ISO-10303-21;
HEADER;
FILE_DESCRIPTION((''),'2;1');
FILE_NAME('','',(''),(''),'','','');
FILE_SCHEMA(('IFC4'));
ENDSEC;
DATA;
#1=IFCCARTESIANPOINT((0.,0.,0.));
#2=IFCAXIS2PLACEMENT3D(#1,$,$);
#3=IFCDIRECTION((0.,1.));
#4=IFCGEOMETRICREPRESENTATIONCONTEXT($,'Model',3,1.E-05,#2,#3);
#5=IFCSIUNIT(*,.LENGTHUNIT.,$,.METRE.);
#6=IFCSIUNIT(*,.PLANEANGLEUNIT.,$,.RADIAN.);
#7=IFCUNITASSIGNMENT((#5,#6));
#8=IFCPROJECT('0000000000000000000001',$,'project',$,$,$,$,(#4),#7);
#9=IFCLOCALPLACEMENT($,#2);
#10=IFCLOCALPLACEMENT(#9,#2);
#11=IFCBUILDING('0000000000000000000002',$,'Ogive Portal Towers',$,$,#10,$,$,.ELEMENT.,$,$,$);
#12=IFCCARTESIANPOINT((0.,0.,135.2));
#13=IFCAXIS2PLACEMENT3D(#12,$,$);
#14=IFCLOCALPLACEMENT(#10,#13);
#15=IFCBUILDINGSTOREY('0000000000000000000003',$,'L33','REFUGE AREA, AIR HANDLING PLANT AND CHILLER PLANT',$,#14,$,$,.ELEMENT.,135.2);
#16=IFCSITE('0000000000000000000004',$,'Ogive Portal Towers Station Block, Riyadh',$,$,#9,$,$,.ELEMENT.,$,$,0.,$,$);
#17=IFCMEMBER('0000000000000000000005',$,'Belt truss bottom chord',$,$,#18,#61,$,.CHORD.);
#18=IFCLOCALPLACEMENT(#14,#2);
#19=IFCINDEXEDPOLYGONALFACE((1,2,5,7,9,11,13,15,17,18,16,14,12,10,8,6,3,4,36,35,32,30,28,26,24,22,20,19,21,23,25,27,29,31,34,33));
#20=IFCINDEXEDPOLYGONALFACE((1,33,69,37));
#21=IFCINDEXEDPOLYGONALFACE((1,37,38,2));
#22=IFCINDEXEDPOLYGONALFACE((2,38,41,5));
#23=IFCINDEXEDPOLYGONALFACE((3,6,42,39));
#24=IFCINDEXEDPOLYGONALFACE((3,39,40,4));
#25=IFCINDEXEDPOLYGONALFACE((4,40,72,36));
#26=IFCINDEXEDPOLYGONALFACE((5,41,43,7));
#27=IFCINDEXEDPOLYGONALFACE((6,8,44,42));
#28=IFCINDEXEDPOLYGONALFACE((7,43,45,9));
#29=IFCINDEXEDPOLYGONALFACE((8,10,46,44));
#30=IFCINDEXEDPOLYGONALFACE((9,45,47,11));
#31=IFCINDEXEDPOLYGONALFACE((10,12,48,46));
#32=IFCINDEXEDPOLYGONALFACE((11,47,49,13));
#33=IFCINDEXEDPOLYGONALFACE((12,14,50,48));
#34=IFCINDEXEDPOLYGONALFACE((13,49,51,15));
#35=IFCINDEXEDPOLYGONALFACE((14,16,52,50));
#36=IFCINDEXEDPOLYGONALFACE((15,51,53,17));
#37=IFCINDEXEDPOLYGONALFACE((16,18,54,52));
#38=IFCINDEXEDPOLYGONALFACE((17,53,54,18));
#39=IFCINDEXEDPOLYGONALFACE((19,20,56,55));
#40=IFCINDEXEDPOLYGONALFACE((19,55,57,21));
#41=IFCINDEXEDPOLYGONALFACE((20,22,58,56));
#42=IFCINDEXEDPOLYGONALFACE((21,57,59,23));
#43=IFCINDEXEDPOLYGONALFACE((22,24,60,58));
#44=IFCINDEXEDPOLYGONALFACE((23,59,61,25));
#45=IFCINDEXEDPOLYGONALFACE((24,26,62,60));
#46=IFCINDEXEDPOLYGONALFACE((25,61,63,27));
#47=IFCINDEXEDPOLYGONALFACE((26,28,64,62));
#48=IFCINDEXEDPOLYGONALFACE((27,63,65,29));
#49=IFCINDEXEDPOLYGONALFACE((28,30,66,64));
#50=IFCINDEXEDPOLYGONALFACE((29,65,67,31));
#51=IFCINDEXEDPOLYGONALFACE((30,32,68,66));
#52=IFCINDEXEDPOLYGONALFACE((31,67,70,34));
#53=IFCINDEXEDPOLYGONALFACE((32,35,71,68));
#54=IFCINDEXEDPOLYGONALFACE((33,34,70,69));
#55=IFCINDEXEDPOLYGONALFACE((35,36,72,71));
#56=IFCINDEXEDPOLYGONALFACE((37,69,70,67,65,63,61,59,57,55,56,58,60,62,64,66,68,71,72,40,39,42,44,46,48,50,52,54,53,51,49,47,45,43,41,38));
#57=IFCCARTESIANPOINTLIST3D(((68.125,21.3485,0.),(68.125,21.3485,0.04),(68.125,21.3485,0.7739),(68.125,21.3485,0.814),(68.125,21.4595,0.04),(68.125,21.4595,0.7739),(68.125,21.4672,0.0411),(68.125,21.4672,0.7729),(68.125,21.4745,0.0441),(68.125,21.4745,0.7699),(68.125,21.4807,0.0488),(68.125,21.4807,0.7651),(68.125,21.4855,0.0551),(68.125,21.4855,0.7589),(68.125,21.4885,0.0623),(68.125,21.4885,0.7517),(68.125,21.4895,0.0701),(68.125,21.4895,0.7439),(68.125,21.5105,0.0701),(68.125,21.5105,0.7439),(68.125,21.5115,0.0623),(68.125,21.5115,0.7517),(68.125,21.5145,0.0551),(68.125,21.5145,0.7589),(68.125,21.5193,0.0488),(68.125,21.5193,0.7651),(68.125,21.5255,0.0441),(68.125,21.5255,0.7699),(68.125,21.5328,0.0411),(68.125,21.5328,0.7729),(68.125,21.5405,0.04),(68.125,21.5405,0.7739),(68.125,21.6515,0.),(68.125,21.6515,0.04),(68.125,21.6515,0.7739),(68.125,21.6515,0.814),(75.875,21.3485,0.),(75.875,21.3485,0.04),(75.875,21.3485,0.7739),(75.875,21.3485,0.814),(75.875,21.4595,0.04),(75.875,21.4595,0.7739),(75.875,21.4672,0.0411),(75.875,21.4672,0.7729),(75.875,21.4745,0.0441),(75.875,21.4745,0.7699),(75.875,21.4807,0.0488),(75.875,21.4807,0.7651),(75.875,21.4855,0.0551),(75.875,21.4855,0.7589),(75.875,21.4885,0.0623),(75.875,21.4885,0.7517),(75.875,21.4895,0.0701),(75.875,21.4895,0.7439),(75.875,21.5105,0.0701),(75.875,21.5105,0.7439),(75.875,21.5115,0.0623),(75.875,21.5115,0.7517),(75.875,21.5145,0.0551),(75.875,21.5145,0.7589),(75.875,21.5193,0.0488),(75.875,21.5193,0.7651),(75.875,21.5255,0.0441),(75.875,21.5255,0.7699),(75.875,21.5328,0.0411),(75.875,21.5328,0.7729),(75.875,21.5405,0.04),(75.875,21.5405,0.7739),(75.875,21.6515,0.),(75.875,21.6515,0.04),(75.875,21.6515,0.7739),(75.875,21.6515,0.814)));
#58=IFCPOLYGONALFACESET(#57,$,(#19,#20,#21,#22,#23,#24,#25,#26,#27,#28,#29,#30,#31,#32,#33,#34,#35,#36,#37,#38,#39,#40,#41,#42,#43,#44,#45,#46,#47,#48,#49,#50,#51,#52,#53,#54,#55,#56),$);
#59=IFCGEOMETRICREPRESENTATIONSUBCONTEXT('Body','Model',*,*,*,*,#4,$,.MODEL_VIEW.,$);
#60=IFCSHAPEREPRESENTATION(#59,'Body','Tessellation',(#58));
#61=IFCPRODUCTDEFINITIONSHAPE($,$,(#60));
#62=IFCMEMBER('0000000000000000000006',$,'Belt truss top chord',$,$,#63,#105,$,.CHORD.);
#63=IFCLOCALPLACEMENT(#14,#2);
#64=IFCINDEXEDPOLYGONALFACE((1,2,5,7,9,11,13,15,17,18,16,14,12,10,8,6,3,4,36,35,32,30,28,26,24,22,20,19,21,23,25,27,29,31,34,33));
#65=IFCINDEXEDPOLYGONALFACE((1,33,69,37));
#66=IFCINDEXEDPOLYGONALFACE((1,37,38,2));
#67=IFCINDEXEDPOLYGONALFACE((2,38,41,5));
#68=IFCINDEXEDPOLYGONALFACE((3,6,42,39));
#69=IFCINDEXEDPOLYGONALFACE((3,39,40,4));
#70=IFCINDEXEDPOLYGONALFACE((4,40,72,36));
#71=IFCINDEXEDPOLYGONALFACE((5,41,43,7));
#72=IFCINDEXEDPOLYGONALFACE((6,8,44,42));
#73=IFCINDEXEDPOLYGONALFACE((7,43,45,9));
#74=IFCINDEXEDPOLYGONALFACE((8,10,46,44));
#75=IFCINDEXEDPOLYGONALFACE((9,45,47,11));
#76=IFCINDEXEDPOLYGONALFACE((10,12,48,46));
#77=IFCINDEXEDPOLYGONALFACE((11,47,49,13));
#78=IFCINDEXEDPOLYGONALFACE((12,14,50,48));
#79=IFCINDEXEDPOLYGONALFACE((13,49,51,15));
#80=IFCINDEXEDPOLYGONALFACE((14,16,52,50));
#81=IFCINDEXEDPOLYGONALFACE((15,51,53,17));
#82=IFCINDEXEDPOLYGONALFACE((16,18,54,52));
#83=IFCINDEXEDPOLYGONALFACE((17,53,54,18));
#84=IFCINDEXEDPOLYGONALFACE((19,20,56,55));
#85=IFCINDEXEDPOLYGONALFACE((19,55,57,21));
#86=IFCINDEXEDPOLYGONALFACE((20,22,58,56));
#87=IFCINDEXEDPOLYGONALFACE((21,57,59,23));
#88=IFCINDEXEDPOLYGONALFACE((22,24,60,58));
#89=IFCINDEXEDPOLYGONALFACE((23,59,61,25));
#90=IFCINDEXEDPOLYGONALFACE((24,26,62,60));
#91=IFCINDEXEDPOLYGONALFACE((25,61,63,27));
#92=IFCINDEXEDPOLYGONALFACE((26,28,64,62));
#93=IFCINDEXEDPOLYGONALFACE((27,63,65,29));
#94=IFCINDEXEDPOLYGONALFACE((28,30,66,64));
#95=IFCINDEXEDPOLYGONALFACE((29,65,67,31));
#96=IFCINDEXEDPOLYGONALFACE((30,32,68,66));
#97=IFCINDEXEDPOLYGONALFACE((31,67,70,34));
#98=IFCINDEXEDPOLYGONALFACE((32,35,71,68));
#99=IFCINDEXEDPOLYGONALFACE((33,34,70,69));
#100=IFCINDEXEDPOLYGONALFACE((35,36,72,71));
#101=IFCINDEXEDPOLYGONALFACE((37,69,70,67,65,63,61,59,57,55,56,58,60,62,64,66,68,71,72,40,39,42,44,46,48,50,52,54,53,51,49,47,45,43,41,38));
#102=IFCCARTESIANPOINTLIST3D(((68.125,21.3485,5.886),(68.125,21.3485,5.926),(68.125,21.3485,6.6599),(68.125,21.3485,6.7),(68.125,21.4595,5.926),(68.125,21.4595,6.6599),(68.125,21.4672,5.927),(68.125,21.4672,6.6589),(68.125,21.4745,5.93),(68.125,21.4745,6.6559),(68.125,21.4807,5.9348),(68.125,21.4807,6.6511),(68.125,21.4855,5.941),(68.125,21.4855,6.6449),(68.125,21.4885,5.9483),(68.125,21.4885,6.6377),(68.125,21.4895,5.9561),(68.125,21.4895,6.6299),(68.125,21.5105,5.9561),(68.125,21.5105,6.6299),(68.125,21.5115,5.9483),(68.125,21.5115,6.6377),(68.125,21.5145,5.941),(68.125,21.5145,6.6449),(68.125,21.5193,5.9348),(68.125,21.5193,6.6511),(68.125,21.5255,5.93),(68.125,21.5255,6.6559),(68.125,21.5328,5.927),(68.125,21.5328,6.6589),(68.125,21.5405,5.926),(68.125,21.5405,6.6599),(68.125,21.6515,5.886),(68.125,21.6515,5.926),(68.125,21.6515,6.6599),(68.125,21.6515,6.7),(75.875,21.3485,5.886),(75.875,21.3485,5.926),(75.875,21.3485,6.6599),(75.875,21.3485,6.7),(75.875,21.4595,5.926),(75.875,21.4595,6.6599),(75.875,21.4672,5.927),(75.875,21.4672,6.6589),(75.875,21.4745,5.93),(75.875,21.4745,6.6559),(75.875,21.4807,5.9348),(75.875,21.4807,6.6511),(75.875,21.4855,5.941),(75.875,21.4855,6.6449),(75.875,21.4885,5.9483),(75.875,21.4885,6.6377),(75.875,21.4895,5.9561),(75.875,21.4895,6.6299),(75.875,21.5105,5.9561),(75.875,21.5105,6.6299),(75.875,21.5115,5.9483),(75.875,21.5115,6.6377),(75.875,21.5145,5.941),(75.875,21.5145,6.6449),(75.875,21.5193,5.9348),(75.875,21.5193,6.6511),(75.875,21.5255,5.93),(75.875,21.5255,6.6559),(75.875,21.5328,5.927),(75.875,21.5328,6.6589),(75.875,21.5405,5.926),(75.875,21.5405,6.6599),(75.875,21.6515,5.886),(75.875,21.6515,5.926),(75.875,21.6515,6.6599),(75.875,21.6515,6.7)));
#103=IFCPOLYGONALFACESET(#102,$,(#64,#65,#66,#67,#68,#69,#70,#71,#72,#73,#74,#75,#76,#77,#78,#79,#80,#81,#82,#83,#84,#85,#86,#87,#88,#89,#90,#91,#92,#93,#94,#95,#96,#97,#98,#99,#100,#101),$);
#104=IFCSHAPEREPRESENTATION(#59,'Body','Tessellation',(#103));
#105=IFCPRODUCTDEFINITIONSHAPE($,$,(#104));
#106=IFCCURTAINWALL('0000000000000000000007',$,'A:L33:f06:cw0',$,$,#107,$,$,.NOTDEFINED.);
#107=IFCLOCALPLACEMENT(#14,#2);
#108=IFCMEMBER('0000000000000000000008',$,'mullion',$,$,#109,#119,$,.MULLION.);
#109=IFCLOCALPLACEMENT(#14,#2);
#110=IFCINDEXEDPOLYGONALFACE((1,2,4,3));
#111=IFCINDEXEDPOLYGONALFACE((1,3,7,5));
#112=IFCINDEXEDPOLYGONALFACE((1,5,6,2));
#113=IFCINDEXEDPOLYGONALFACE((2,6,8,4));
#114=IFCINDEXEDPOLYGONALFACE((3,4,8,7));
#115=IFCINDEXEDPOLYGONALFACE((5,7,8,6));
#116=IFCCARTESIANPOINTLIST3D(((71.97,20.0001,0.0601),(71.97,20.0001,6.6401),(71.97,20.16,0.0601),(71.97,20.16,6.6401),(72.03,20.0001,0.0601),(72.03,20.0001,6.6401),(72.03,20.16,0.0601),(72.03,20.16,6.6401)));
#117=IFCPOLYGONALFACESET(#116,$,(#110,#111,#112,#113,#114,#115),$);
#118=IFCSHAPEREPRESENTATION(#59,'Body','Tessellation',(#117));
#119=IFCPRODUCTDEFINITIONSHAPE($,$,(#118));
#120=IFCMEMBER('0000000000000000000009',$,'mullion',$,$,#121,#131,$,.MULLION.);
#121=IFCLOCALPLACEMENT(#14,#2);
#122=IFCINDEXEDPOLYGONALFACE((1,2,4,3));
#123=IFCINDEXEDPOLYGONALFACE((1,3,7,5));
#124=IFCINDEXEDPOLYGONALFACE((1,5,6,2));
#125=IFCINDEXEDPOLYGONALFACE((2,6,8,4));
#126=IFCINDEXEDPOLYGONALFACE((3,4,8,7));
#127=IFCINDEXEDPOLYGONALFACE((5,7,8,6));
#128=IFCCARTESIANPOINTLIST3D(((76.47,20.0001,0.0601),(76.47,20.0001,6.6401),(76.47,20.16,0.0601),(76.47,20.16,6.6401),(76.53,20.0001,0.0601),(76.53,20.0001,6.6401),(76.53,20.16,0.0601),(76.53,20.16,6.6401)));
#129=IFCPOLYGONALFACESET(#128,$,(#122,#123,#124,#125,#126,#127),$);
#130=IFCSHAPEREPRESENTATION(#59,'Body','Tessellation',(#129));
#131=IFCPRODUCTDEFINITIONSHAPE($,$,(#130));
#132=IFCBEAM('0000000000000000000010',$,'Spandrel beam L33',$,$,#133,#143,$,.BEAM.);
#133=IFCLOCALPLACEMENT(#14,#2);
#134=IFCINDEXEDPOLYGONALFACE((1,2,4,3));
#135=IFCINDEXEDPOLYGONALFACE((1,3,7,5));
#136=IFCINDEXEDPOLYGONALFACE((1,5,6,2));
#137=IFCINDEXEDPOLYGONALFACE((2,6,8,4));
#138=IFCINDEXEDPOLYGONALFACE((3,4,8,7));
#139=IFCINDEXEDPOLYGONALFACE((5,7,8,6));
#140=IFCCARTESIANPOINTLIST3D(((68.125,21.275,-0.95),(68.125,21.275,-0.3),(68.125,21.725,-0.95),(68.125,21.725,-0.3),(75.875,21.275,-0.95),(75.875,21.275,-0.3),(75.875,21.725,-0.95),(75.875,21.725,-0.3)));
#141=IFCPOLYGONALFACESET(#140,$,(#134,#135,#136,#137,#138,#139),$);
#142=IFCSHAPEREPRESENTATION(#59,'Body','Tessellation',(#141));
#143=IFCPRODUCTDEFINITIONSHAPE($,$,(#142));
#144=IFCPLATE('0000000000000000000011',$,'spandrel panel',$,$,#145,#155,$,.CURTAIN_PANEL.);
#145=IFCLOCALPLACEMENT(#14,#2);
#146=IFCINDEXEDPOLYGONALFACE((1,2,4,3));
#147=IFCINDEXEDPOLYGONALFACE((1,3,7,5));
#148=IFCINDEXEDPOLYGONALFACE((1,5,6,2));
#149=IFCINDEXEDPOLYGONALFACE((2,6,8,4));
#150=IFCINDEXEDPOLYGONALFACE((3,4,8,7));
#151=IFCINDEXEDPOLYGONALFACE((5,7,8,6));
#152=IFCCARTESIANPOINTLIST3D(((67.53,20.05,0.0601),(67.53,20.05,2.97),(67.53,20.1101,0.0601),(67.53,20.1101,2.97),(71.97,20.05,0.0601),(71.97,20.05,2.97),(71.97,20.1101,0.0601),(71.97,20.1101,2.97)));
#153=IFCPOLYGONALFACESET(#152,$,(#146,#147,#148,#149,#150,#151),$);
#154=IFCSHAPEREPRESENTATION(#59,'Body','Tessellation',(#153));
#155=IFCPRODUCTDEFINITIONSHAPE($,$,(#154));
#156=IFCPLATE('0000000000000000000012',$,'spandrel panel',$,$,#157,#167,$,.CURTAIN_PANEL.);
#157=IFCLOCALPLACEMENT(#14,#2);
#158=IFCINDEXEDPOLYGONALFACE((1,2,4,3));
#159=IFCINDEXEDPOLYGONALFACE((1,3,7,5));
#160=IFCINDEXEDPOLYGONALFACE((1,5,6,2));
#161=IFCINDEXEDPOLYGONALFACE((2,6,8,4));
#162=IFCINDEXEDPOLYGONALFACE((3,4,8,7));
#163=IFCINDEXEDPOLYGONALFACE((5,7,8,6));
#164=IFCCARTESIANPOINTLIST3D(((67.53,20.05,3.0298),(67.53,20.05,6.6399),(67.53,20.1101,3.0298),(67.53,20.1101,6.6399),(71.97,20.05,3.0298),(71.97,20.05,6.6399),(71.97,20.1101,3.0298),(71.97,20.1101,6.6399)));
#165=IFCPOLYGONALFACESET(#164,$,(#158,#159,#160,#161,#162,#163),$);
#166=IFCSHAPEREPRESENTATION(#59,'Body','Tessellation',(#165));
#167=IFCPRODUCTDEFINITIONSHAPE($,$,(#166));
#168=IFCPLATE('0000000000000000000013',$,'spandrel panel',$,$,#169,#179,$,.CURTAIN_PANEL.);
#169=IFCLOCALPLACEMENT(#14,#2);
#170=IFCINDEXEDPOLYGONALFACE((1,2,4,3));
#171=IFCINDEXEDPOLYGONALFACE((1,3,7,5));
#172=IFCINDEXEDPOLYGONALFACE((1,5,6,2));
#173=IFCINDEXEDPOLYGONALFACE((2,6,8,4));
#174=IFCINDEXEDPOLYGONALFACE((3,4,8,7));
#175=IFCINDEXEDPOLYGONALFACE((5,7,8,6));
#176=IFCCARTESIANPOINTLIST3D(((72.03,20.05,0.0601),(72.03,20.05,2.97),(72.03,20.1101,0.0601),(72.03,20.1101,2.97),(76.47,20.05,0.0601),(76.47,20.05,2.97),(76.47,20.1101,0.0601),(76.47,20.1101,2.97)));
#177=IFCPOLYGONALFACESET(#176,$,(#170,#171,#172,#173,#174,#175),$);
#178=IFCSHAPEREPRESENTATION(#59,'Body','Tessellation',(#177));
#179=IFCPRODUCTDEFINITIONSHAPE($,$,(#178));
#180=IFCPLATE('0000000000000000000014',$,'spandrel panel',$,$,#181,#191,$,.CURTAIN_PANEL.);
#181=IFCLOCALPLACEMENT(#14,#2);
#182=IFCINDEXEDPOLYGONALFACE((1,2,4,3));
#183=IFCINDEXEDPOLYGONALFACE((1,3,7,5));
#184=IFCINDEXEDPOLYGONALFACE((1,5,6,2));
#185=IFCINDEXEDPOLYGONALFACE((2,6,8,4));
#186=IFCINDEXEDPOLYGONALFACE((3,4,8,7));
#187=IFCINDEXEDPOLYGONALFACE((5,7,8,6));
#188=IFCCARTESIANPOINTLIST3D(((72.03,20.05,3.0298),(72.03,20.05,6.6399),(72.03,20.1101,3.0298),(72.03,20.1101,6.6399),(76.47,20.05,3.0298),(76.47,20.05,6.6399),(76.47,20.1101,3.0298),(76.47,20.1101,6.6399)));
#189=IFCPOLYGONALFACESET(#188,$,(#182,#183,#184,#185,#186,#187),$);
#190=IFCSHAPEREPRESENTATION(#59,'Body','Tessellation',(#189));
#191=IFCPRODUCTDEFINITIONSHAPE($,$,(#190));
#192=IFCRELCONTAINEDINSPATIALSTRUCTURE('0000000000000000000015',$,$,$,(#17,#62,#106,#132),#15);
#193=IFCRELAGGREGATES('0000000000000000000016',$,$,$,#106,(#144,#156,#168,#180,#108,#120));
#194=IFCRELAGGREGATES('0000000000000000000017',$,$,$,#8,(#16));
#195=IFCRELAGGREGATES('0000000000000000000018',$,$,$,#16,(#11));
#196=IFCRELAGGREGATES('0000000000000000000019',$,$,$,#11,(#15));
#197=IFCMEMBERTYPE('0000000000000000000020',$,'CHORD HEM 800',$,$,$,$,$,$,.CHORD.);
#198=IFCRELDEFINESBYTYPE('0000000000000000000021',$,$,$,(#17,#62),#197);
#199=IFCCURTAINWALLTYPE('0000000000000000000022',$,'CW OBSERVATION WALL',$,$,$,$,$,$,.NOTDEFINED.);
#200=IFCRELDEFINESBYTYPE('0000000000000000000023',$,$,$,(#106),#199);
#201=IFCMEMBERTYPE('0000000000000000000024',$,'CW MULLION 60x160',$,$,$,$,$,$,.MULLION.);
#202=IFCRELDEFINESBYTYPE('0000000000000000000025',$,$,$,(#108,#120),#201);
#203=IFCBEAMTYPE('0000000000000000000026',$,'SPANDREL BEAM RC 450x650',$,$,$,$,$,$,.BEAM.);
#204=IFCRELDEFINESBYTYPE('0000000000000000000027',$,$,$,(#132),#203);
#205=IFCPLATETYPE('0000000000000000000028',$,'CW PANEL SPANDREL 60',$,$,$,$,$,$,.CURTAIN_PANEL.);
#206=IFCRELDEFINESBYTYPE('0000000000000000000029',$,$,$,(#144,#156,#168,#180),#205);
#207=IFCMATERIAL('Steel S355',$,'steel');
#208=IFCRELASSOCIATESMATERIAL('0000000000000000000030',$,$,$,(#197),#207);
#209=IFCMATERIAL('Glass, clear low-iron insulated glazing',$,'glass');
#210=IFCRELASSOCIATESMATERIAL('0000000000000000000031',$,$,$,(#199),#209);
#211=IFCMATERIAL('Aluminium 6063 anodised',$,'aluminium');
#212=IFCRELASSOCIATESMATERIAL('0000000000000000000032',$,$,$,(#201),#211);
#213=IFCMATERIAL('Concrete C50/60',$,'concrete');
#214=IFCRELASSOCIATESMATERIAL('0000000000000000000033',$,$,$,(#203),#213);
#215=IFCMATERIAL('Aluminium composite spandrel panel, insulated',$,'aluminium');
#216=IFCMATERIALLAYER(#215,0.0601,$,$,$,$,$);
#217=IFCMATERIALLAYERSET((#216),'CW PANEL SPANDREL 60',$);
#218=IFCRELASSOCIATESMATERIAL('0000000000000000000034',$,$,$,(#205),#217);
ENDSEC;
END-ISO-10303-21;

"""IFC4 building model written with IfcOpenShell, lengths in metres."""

from ifc_helpers import new_model, si_unit, direction, frame, origin, origin_2d, place, context, subcontext, project, spatial, rectangle, i_section, extrude, material, layer, layer_set, material_profile, profile_set, type_object, element, aggregate, save


model = new_model("IFC4")

# Units and contexts
model_context = context("Model", 3, precision=1e-05, world=origin(), true_north=direction((0.0, 1.0)))
body_context = subcontext(model_context, "Body", "Model", "MODEL_VIEW")
ifc_project = project(units=[si_unit("LENGTHUNIT", "METRE"), si_unit("PLANEANGLEUNIT", "RADIAN")], contexts=[model_context])

# Site, building, storey
site_placement = place(None, origin())
site = spatial("IfcSite", under=ifc_project, at=site_placement, Name="Ogive Portal Towers Station Block, Riyadh", CompositionType="ELEMENT", RefElevation=0.0)
building_placement = place(site_placement, origin())
building = spatial("IfcBuilding", under=site, at=building_placement, Name="Ogive Portal Towers", CompositionType="ELEMENT")
storey_placement = place(building_placement, frame((0.0, 0.0, 135.2)))
storey = spatial("IfcBuildingStorey", under=building, at=storey_placement, Name="L33", Description="REFUGE AREA, AIR HANDLING PLANT AND CHILLER PLANT", CompositionType="ELEMENT", Elevation=135.2)

# Members
ifc_material_1 = material(Name="Steel S355", Category="steel")
ifc_material_profile_1 = material_profile(ifc_material_1, i_section(OverallWidth=0.303, OverallDepth=0.814, WebThickness=0.021, FlangeThickness=0.04, FilletRadius=0.03, at=origin_2d()), Name="HEM 800")
ifc_profile_set_1 = profile_set([ifc_material_profile_1], Name="Steel S355")
member_type_1 = type_object("IfcMemberType", Name="CHORD HEM 800", PredefinedType="CHORD", material=ifc_profile_set_1)
for number, where, z_axis, x_axis, name in (
    (1, (68.125, 21.5, 0.407), (1.0, 0.0, 0.0), (0.0, 1.0, 0.0), "Belt truss bottom chord"),
    (2, (68.125, 21.5, 6.293), (1.0, 0.0, 0.0), (0.0, 1.0, 0.0), "Belt truss top chord"),
):
    element("IfcMember", number, at=place(storey_placement, frame(where, z_axis=z_axis, x_axis=x_axis)), inside=storey, type_object=member_type_1, Name=name, PredefinedType="CHORD", context=body_context, shape_type="SweptSolid", body=[
        extrude(i_section(OverallWidth=0.303, OverallDepth=0.814, WebThickness=0.021, FlangeThickness=0.04, FilletRadius=0.03, at=origin_2d()), origin(), (0.0, 0.0, 1.0), 7.75),
    ])

# Curtain wall, members
ifc_material_2 = material(Name="Glass, clear low-iron insulated glazing", Category="glass")
curtain_wall_type = type_object("IfcCurtainWallType", Name="CW OBSERVATION WALL", PredefinedType="NOTDEFINED", material=ifc_material_2)
curtain_wall_placement = place(storey_placement, origin())
curtain_wall = element("IfcCurtainWall", 3, at=curtain_wall_placement, inside=storey, type_object=curtain_wall_type, Name="A:L33:f06:cw0", PredefinedType="NOTDEFINED")
ifc_material_3 = material(Name="Aluminium 6063 anodised", Category="aluminium")
ifc_material_profile_2 = material_profile(ifc_material_3, rectangle(XDim=0.1599, YDim=0.0601, at=origin_2d()), Name="AL 60x160")
ifc_profile_set_2 = profile_set([ifc_material_profile_2], Name="Aluminium 6063 anodised")
member_type_2 = type_object("IfcMemberType", Name="CW MULLION 60x160", PredefinedType="MULLION", material=ifc_profile_set_2)
member_1_placement = place(storey_placement, frame((72.0, 20.0801, 0.0601), z_axis=(0.0, 0.0, 1.0), x_axis=(0.0, 1.0, 0.0)))
member_1 = element("IfcMember", 4, at=member_1_placement, type_object=member_type_2, Name="mullion", PredefinedType="MULLION", context=body_context, shape_type="SweptSolid", body=[
    extrude(rectangle(XDim=0.1599, YDim=0.0601, at=origin_2d()), origin(), (0.0, 0.0, 1.0), 6.5801),
])
member_2_placement = place(storey_placement, frame((76.5, 20.0801, 0.0601), z_axis=(0.0, 0.0, 1.0), x_axis=(0.0, 1.0, 0.0)))
member_2 = element("IfcMember", 5, at=member_2_placement, type_object=member_type_2, Name="mullion", PredefinedType="MULLION", context=body_context, shape_type="SweptSolid", body=[
    extrude(rectangle(XDim=0.1599, YDim=0.0601, at=origin_2d()), origin(), (0.0, 0.0, 1.0), 6.5801),
])

# Beam
ifc_material_4 = material(Name="Concrete C50/60", Category="concrete")
ifc_material_profile_3 = material_profile(ifc_material_4, rectangle(XDim=0.45, YDim=0.6499, at=origin_2d()), Name="RC 450x650")
ifc_profile_set_3 = profile_set([ifc_material_profile_3], Name="Concrete C50/60")
beam_type = type_object("IfcBeamType", Name="SPANDREL BEAM RC 450x650", PredefinedType="BEAM", material=ifc_profile_set_3)
beam_placement = place(storey_placement, frame((75.875, 21.5, -0.625), z_axis=(-1.0, 0.0, 0.0), x_axis=(0.0, -1.0, 0.0)))
element("IfcBeam", 6, at=beam_placement, inside=storey, type_object=beam_type, Name="Spandrel beam L33", PredefinedType="BEAM", context=body_context, shape_type="SweptSolid", body=[
    extrude(rectangle(XDim=0.45, YDim=0.6499, at=origin_2d()), origin(), (0.0, 0.0, 1.0), 7.75),
])

# Plates
ifc_material_5 = material(Name="Aluminium composite spandrel panel, insulated", Category="aluminium")
ifc_layer_1 = layer(ifc_material_5, 0.0601)
ifc_layer_set_1 = layer_set([ifc_layer_1], Name="CW PANEL SPANDREL 60")
plate_type = type_object("IfcPlateType", Name="CW PANEL SPANDREL 60", PredefinedType="CURTAIN_PANEL", material=ifc_layer_set_1)
plate_1_placement = place(storey_placement, frame((69.75, 20.0801, 0.0601), z_axis=(0.0, 0.0, 1.0), x_axis=(1.0, 0.0, 0.0)))
plate_1 = element("IfcPlate", 7, at=plate_1_placement, type_object=plate_type, Name="spandrel panel", PredefinedType="CURTAIN_PANEL", context=body_context, shape_type="SweptSolid", body=[
    extrude(rectangle(XDim=4.4399, YDim=0.0601, at=origin_2d()), origin(), (0.0, 0.0, 1.0), 2.9099),
])
plate_2_placement = place(storey_placement, frame((69.75, 20.0801, 3.0298), z_axis=(0.0, 0.0, 1.0), x_axis=(1.0, 0.0, 0.0)))
plate_2 = element("IfcPlate", 8, at=plate_2_placement, type_object=plate_type, Name="spandrel panel", PredefinedType="CURTAIN_PANEL", context=body_context, shape_type="SweptSolid", body=[
    extrude(rectangle(XDim=4.4399, YDim=0.0601, at=origin_2d()), origin(), (0.0, 0.0, 1.0), 3.6101),
])
plate_3_placement = place(storey_placement, frame((74.25, 20.0801, 0.0601), z_axis=(0.0, 0.0, 1.0), x_axis=(1.0, 0.0, 0.0)))
plate_3 = element("IfcPlate", 9, at=plate_3_placement, type_object=plate_type, Name="spandrel panel", PredefinedType="CURTAIN_PANEL", context=body_context, shape_type="SweptSolid", body=[
    extrude(rectangle(XDim=4.4399, YDim=0.0601, at=origin_2d()), origin(), (0.0, 0.0, 1.0), 2.9099),
])
plate_4_placement = place(storey_placement, frame((74.25, 20.0801, 3.0298), z_axis=(0.0, 0.0, 1.0), x_axis=(1.0, 0.0, 0.0)))
plate_4 = element("IfcPlate", 10, at=plate_4_placement, type_object=plate_type, Name="spandrel panel", PredefinedType="CURTAIN_PANEL", context=body_context, shape_type="SweptSolid", body=[
    extrude(rectangle(XDim=4.4399, YDim=0.0601, at=origin_2d()), origin(), (0.0, 0.0, 1.0), 3.6101),
])
aggregate(curtain_wall, [plate_1, plate_2, plate_3, plate_4, member_1, member_2])

save(model, "model.ifc")
